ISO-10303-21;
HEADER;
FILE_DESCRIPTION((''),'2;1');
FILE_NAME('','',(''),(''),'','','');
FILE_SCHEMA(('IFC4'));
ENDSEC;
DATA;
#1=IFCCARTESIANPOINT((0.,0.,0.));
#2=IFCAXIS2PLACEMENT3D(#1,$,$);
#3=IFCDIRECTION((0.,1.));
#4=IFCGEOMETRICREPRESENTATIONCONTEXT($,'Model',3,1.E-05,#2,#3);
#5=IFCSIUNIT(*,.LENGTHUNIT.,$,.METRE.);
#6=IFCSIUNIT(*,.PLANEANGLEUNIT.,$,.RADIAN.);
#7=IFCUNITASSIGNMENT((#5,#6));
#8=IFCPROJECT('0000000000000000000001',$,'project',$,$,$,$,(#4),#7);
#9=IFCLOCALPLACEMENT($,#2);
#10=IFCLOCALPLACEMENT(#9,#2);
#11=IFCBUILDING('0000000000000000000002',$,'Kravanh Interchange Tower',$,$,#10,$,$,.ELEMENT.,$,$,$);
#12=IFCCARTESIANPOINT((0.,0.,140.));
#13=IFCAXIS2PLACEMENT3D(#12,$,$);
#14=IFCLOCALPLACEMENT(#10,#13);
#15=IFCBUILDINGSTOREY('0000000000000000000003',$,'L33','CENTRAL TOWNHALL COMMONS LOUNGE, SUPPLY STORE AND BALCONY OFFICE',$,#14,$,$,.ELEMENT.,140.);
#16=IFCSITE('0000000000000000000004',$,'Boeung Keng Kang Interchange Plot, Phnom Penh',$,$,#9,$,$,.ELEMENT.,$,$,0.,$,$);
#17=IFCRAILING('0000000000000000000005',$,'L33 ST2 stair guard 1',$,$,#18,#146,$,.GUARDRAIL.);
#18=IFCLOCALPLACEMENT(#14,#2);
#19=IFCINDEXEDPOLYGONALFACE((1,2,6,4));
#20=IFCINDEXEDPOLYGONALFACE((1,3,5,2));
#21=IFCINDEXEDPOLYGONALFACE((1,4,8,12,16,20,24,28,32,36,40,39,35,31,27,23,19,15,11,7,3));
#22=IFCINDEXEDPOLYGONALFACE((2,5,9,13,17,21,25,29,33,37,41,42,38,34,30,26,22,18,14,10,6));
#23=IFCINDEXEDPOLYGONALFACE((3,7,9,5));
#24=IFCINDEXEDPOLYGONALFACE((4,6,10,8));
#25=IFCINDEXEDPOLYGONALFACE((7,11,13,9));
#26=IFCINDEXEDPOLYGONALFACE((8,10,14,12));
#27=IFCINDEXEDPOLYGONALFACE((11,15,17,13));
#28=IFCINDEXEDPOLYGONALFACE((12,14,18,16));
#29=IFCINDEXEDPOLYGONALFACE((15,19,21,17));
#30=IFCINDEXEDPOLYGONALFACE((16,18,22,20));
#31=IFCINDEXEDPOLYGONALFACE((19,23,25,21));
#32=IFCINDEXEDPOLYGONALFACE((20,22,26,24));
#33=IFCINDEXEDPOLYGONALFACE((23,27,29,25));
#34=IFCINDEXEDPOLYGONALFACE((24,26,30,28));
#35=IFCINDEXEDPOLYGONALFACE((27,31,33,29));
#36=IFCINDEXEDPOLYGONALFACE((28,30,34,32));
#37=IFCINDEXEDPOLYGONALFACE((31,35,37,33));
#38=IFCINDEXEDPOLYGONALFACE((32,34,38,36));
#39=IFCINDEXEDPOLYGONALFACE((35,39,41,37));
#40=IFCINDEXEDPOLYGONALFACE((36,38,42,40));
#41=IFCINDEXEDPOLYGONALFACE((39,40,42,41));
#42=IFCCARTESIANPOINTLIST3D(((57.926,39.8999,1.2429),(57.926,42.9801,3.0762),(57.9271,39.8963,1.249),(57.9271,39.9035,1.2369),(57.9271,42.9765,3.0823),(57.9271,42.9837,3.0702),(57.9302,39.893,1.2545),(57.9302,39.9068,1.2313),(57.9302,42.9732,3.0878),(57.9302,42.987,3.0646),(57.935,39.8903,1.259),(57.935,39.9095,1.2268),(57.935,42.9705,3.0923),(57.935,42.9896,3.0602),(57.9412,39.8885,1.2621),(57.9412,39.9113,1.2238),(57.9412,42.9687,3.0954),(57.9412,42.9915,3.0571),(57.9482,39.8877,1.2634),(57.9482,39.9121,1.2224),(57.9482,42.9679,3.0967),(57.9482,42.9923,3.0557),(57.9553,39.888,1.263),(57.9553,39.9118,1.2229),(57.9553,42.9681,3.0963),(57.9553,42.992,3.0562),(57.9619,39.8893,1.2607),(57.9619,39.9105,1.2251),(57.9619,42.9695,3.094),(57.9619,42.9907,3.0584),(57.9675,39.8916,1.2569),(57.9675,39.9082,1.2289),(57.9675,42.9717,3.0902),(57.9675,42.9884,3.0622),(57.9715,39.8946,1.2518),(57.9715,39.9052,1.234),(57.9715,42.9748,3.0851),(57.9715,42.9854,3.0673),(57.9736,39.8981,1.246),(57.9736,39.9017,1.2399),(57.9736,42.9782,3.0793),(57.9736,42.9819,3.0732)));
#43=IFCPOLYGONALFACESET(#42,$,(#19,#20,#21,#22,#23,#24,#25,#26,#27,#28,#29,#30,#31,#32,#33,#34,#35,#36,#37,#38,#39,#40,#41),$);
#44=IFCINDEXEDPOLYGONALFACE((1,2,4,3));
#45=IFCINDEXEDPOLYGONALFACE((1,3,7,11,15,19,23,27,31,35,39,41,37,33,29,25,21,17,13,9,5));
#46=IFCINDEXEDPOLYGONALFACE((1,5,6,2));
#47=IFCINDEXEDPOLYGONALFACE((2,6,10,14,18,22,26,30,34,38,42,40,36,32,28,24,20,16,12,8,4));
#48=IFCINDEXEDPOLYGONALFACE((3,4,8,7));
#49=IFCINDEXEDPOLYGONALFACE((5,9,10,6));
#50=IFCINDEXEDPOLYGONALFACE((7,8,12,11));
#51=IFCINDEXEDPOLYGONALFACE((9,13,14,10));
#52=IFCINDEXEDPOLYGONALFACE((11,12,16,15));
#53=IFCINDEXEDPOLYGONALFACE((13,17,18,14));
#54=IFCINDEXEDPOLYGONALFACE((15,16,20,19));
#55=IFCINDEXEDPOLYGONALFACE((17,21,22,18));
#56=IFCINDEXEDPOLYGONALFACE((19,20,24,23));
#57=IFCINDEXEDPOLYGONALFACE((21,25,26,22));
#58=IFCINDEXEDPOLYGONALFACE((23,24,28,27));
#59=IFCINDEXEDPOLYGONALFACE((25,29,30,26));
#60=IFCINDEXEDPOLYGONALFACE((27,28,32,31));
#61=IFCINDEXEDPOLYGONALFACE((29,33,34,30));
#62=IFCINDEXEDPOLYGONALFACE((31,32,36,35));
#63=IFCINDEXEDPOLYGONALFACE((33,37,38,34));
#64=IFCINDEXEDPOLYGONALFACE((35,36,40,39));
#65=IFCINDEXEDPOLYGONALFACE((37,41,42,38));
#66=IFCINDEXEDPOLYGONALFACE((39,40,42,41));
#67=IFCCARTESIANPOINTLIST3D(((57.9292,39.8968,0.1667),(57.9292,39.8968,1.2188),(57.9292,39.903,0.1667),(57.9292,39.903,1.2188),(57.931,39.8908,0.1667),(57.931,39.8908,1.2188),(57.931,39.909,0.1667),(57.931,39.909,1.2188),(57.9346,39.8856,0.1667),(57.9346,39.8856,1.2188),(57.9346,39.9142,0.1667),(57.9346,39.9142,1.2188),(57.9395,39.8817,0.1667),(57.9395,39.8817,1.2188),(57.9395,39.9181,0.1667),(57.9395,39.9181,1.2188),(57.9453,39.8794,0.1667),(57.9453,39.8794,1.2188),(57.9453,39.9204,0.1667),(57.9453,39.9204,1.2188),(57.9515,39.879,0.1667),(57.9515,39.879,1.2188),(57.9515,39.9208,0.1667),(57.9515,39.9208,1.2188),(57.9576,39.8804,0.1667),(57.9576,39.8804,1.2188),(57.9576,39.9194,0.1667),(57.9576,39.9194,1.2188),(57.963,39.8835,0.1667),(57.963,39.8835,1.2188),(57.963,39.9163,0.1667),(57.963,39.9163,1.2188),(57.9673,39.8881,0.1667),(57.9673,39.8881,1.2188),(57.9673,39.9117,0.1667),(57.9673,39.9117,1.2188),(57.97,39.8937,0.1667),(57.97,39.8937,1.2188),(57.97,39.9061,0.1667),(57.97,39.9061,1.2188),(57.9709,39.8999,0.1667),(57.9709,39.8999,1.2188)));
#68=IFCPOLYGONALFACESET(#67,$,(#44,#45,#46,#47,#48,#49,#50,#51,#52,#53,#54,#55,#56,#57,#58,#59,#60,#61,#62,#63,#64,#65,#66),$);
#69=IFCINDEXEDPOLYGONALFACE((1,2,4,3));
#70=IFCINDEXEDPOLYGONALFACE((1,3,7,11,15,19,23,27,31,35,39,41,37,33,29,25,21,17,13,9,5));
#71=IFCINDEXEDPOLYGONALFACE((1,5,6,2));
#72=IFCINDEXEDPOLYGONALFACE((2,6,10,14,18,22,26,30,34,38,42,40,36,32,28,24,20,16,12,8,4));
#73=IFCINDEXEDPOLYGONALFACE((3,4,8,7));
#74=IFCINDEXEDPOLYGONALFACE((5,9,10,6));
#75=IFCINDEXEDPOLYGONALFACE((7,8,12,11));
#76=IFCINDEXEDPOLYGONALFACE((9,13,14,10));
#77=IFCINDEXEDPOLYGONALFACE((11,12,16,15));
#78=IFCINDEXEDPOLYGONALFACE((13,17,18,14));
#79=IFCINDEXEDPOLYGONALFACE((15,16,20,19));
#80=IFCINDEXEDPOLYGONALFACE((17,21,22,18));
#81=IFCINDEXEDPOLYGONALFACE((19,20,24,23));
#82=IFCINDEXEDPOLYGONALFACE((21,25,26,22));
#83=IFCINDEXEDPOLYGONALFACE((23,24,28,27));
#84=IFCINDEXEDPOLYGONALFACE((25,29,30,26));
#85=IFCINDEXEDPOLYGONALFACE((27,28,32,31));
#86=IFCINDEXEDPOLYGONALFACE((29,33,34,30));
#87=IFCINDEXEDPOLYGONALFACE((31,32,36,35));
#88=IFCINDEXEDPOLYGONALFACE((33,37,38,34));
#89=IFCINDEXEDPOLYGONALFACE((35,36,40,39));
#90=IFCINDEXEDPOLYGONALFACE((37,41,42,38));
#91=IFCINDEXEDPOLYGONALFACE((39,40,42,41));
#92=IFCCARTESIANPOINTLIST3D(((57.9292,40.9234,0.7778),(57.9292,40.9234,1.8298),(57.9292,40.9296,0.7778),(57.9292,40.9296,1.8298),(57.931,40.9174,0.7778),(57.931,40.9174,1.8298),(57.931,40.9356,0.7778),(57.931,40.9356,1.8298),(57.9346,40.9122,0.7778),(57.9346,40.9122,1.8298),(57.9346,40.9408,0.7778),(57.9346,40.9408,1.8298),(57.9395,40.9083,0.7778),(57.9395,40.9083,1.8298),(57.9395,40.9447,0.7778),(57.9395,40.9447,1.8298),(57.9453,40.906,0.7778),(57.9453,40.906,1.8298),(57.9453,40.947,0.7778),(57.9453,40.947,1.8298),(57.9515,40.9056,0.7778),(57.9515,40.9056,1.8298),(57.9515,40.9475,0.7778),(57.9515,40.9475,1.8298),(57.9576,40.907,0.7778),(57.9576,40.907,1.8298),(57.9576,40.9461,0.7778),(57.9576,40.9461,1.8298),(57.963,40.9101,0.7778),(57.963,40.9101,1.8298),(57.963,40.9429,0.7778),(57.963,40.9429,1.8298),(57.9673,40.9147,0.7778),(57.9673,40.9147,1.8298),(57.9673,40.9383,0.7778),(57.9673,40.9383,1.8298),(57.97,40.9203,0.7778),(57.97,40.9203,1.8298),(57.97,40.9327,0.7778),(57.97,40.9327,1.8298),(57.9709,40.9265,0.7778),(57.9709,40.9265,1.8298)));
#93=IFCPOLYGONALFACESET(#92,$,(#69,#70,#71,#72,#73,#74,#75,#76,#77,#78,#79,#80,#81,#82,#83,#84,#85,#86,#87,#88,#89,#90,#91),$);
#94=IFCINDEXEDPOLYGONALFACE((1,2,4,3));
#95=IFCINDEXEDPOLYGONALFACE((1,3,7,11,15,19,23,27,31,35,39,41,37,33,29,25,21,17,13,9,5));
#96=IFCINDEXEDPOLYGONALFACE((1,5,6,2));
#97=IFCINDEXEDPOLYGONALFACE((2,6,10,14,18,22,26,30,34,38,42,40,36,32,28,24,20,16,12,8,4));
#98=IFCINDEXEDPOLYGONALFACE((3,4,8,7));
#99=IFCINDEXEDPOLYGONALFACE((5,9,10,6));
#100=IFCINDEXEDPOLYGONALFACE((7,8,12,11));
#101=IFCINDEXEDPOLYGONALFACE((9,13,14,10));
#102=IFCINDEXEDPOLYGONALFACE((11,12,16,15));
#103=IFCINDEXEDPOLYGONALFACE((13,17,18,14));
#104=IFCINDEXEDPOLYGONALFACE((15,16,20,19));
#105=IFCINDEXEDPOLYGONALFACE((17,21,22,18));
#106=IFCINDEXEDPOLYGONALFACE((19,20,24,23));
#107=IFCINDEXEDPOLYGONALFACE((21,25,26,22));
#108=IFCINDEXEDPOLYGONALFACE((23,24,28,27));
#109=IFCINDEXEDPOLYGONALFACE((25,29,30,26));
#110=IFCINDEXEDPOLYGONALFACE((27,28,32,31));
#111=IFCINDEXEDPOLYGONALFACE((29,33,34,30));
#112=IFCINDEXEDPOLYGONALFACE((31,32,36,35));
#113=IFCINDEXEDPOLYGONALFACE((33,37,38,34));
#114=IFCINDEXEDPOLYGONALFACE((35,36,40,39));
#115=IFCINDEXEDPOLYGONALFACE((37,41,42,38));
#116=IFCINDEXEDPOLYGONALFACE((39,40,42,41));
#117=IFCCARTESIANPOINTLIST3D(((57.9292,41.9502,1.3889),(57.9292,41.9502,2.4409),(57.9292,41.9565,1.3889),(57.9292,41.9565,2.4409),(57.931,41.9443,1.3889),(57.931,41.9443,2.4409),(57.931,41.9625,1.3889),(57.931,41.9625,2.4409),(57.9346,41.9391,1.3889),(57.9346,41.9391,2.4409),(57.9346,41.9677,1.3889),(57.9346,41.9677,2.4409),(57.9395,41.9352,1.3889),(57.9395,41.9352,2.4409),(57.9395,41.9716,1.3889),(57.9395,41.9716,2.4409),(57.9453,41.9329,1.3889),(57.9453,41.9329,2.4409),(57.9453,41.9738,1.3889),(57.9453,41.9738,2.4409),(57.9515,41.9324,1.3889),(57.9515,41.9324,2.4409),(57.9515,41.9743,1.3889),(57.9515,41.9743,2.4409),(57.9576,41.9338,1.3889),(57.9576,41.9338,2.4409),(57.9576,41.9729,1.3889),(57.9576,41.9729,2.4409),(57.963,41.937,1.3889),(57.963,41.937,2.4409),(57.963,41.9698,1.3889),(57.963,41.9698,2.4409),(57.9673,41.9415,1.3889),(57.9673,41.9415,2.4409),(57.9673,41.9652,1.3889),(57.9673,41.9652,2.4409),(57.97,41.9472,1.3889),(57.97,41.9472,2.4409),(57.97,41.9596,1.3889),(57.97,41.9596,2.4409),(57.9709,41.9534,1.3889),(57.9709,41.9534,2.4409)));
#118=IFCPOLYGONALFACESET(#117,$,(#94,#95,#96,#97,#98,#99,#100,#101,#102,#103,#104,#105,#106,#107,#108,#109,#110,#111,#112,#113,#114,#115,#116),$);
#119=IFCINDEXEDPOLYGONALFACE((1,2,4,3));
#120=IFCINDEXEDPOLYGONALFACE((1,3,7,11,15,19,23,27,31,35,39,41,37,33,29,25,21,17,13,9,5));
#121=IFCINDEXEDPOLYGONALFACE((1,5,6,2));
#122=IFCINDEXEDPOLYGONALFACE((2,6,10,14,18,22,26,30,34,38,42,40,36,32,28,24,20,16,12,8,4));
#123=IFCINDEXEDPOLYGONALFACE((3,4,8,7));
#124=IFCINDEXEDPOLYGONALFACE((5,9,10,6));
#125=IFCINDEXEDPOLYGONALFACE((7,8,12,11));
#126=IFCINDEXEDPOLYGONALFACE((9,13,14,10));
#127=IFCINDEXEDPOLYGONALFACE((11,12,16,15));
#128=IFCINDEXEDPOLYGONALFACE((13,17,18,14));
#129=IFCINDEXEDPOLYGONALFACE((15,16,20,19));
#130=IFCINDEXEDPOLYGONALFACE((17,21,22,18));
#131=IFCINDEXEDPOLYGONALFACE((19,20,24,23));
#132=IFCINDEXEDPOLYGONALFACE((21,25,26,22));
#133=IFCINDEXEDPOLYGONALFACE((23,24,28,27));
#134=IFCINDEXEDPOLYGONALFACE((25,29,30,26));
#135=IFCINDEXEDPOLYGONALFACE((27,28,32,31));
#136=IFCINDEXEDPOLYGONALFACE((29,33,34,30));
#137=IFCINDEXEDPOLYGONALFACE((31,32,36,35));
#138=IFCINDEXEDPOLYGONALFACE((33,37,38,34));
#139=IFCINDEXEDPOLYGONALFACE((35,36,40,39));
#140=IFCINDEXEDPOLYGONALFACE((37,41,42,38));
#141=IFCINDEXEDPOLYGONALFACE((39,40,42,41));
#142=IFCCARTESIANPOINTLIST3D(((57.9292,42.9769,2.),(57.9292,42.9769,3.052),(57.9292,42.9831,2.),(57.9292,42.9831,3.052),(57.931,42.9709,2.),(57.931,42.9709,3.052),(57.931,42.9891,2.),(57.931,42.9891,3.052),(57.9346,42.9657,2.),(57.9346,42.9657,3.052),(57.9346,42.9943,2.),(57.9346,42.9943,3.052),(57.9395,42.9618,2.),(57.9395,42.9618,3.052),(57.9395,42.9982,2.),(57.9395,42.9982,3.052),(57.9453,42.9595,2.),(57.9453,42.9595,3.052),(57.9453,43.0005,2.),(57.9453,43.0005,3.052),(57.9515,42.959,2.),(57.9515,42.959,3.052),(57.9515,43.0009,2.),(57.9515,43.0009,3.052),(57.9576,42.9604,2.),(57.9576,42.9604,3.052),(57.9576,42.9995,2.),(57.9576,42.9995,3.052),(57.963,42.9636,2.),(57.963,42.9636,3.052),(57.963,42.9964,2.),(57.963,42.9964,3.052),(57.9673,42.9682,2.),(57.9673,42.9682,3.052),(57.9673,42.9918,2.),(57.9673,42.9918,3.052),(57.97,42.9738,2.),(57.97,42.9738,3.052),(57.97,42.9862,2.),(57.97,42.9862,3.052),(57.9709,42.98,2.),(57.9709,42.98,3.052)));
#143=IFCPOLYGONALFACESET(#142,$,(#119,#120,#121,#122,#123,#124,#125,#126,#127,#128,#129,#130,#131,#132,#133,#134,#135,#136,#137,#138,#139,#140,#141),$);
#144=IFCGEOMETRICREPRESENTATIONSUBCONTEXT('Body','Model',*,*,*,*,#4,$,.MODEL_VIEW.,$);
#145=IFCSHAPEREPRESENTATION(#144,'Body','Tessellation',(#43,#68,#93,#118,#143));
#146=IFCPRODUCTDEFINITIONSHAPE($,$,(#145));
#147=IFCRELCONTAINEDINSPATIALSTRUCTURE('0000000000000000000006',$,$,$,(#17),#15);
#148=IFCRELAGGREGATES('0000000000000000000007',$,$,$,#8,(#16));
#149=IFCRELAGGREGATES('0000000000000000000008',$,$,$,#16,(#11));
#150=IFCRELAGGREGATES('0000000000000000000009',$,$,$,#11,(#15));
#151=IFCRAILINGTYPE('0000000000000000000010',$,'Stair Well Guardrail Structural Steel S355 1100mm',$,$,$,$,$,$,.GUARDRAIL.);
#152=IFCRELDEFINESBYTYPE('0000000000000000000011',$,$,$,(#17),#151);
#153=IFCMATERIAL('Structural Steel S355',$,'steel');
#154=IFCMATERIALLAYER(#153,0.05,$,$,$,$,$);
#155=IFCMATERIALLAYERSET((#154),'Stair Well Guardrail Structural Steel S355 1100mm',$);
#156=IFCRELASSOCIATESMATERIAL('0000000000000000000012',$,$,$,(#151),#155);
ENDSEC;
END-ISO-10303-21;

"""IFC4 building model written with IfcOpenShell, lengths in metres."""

from ifc_helpers import new_model, si_unit, direction, frame, origin, origin_2d, place, context, subcontext, project, spatial, circle, extrude, material, layer, layer_set, type_object, element, save


model = new_model("IFC4")

# Units and contexts
model_context = context("Model", 3, precision=1e-05, world=origin(), true_north=direction((0.0, 1.0)))
body_context = subcontext(model_context, "Body", "Model", "MODEL_VIEW")
ifc_project = project(units=[si_unit("LENGTHUNIT", "METRE"), si_unit("PLANEANGLEUNIT", "RADIAN")], contexts=[model_context])

# Site, building, storey
site_placement = place(None, origin())
site = spatial("IfcSite", under=ifc_project, at=site_placement, Name="Boeung Keng Kang Interchange Plot, Phnom Penh", CompositionType="ELEMENT", RefElevation=0.0)
building_placement = place(site_placement, origin())
building = spatial("IfcBuilding", under=site, at=building_placement, Name="Kravanh Interchange Tower", CompositionType="ELEMENT")
storey_placement = place(building_placement, frame((0.0, 0.0, 140.0)))
storey = spatial("IfcBuildingStorey", under=building, at=storey_placement, Name="L33", Description="CENTRAL TOWNHALL COMMONS LOUNGE, SUPPLY STORE AND BALCONY OFFICE", CompositionType="ELEMENT", Elevation=140.0)

# Railing
ifc_material_1 = material(Name="Structural Steel S355", Category="steel")
ifc_layer_1 = layer(ifc_material_1, 0.05)
ifc_layer_set_1 = layer_set([ifc_layer_1], Name="Stair Well Guardrail Structural Steel S355 1100mm")
railing_type_1 = type_object("IfcRailingType", Name="Stair Well Guardrail Structural Steel S355 1100mm", PredefinedType="GUARDRAIL", material=ifc_layer_set_1)
railing_1_placement = place(storey_placement, frame((57.95, 39.8999, 0.1667)))
element("IfcRailing", 1, at=railing_1_placement, inside=storey, type_object=railing_type_1, Name="L33 ST2 stair guard 1", PredefinedType="GUARDRAIL", context=body_context, shape_type="SweptSolid", body=[
    extrude(circle(Radius=0.0239, at=origin_2d()), frame((0.0, 0.0, 1.0762), z_axis=(0.0, 0.859309, 0.511458), x_axis=(-1.0, 0.0, 0.0)), (0.0, 0.0, 1.0), 3.5845),
    extrude(circle(Radius=0.021, at=origin_2d()), origin(), (0.0, 0.0, 1.0), 1.052),
    extrude(circle(Radius=0.021, at=origin_2d()), frame((0.0, 1.0266, 0.6111)), (0.0, 0.0, 1.0), 1.052),
    extrude(circle(Radius=0.021, at=origin_2d()), frame((0.0, 2.0535, 1.2222)), (0.0, 0.0, 1.0), 1.052),
    extrude(circle(Radius=0.021, at=origin_2d()), frame((0.0, 3.0801, 1.8333)), (0.0, 0.0, 1.0), 1.052),
])

save(model, "model.ifc")
